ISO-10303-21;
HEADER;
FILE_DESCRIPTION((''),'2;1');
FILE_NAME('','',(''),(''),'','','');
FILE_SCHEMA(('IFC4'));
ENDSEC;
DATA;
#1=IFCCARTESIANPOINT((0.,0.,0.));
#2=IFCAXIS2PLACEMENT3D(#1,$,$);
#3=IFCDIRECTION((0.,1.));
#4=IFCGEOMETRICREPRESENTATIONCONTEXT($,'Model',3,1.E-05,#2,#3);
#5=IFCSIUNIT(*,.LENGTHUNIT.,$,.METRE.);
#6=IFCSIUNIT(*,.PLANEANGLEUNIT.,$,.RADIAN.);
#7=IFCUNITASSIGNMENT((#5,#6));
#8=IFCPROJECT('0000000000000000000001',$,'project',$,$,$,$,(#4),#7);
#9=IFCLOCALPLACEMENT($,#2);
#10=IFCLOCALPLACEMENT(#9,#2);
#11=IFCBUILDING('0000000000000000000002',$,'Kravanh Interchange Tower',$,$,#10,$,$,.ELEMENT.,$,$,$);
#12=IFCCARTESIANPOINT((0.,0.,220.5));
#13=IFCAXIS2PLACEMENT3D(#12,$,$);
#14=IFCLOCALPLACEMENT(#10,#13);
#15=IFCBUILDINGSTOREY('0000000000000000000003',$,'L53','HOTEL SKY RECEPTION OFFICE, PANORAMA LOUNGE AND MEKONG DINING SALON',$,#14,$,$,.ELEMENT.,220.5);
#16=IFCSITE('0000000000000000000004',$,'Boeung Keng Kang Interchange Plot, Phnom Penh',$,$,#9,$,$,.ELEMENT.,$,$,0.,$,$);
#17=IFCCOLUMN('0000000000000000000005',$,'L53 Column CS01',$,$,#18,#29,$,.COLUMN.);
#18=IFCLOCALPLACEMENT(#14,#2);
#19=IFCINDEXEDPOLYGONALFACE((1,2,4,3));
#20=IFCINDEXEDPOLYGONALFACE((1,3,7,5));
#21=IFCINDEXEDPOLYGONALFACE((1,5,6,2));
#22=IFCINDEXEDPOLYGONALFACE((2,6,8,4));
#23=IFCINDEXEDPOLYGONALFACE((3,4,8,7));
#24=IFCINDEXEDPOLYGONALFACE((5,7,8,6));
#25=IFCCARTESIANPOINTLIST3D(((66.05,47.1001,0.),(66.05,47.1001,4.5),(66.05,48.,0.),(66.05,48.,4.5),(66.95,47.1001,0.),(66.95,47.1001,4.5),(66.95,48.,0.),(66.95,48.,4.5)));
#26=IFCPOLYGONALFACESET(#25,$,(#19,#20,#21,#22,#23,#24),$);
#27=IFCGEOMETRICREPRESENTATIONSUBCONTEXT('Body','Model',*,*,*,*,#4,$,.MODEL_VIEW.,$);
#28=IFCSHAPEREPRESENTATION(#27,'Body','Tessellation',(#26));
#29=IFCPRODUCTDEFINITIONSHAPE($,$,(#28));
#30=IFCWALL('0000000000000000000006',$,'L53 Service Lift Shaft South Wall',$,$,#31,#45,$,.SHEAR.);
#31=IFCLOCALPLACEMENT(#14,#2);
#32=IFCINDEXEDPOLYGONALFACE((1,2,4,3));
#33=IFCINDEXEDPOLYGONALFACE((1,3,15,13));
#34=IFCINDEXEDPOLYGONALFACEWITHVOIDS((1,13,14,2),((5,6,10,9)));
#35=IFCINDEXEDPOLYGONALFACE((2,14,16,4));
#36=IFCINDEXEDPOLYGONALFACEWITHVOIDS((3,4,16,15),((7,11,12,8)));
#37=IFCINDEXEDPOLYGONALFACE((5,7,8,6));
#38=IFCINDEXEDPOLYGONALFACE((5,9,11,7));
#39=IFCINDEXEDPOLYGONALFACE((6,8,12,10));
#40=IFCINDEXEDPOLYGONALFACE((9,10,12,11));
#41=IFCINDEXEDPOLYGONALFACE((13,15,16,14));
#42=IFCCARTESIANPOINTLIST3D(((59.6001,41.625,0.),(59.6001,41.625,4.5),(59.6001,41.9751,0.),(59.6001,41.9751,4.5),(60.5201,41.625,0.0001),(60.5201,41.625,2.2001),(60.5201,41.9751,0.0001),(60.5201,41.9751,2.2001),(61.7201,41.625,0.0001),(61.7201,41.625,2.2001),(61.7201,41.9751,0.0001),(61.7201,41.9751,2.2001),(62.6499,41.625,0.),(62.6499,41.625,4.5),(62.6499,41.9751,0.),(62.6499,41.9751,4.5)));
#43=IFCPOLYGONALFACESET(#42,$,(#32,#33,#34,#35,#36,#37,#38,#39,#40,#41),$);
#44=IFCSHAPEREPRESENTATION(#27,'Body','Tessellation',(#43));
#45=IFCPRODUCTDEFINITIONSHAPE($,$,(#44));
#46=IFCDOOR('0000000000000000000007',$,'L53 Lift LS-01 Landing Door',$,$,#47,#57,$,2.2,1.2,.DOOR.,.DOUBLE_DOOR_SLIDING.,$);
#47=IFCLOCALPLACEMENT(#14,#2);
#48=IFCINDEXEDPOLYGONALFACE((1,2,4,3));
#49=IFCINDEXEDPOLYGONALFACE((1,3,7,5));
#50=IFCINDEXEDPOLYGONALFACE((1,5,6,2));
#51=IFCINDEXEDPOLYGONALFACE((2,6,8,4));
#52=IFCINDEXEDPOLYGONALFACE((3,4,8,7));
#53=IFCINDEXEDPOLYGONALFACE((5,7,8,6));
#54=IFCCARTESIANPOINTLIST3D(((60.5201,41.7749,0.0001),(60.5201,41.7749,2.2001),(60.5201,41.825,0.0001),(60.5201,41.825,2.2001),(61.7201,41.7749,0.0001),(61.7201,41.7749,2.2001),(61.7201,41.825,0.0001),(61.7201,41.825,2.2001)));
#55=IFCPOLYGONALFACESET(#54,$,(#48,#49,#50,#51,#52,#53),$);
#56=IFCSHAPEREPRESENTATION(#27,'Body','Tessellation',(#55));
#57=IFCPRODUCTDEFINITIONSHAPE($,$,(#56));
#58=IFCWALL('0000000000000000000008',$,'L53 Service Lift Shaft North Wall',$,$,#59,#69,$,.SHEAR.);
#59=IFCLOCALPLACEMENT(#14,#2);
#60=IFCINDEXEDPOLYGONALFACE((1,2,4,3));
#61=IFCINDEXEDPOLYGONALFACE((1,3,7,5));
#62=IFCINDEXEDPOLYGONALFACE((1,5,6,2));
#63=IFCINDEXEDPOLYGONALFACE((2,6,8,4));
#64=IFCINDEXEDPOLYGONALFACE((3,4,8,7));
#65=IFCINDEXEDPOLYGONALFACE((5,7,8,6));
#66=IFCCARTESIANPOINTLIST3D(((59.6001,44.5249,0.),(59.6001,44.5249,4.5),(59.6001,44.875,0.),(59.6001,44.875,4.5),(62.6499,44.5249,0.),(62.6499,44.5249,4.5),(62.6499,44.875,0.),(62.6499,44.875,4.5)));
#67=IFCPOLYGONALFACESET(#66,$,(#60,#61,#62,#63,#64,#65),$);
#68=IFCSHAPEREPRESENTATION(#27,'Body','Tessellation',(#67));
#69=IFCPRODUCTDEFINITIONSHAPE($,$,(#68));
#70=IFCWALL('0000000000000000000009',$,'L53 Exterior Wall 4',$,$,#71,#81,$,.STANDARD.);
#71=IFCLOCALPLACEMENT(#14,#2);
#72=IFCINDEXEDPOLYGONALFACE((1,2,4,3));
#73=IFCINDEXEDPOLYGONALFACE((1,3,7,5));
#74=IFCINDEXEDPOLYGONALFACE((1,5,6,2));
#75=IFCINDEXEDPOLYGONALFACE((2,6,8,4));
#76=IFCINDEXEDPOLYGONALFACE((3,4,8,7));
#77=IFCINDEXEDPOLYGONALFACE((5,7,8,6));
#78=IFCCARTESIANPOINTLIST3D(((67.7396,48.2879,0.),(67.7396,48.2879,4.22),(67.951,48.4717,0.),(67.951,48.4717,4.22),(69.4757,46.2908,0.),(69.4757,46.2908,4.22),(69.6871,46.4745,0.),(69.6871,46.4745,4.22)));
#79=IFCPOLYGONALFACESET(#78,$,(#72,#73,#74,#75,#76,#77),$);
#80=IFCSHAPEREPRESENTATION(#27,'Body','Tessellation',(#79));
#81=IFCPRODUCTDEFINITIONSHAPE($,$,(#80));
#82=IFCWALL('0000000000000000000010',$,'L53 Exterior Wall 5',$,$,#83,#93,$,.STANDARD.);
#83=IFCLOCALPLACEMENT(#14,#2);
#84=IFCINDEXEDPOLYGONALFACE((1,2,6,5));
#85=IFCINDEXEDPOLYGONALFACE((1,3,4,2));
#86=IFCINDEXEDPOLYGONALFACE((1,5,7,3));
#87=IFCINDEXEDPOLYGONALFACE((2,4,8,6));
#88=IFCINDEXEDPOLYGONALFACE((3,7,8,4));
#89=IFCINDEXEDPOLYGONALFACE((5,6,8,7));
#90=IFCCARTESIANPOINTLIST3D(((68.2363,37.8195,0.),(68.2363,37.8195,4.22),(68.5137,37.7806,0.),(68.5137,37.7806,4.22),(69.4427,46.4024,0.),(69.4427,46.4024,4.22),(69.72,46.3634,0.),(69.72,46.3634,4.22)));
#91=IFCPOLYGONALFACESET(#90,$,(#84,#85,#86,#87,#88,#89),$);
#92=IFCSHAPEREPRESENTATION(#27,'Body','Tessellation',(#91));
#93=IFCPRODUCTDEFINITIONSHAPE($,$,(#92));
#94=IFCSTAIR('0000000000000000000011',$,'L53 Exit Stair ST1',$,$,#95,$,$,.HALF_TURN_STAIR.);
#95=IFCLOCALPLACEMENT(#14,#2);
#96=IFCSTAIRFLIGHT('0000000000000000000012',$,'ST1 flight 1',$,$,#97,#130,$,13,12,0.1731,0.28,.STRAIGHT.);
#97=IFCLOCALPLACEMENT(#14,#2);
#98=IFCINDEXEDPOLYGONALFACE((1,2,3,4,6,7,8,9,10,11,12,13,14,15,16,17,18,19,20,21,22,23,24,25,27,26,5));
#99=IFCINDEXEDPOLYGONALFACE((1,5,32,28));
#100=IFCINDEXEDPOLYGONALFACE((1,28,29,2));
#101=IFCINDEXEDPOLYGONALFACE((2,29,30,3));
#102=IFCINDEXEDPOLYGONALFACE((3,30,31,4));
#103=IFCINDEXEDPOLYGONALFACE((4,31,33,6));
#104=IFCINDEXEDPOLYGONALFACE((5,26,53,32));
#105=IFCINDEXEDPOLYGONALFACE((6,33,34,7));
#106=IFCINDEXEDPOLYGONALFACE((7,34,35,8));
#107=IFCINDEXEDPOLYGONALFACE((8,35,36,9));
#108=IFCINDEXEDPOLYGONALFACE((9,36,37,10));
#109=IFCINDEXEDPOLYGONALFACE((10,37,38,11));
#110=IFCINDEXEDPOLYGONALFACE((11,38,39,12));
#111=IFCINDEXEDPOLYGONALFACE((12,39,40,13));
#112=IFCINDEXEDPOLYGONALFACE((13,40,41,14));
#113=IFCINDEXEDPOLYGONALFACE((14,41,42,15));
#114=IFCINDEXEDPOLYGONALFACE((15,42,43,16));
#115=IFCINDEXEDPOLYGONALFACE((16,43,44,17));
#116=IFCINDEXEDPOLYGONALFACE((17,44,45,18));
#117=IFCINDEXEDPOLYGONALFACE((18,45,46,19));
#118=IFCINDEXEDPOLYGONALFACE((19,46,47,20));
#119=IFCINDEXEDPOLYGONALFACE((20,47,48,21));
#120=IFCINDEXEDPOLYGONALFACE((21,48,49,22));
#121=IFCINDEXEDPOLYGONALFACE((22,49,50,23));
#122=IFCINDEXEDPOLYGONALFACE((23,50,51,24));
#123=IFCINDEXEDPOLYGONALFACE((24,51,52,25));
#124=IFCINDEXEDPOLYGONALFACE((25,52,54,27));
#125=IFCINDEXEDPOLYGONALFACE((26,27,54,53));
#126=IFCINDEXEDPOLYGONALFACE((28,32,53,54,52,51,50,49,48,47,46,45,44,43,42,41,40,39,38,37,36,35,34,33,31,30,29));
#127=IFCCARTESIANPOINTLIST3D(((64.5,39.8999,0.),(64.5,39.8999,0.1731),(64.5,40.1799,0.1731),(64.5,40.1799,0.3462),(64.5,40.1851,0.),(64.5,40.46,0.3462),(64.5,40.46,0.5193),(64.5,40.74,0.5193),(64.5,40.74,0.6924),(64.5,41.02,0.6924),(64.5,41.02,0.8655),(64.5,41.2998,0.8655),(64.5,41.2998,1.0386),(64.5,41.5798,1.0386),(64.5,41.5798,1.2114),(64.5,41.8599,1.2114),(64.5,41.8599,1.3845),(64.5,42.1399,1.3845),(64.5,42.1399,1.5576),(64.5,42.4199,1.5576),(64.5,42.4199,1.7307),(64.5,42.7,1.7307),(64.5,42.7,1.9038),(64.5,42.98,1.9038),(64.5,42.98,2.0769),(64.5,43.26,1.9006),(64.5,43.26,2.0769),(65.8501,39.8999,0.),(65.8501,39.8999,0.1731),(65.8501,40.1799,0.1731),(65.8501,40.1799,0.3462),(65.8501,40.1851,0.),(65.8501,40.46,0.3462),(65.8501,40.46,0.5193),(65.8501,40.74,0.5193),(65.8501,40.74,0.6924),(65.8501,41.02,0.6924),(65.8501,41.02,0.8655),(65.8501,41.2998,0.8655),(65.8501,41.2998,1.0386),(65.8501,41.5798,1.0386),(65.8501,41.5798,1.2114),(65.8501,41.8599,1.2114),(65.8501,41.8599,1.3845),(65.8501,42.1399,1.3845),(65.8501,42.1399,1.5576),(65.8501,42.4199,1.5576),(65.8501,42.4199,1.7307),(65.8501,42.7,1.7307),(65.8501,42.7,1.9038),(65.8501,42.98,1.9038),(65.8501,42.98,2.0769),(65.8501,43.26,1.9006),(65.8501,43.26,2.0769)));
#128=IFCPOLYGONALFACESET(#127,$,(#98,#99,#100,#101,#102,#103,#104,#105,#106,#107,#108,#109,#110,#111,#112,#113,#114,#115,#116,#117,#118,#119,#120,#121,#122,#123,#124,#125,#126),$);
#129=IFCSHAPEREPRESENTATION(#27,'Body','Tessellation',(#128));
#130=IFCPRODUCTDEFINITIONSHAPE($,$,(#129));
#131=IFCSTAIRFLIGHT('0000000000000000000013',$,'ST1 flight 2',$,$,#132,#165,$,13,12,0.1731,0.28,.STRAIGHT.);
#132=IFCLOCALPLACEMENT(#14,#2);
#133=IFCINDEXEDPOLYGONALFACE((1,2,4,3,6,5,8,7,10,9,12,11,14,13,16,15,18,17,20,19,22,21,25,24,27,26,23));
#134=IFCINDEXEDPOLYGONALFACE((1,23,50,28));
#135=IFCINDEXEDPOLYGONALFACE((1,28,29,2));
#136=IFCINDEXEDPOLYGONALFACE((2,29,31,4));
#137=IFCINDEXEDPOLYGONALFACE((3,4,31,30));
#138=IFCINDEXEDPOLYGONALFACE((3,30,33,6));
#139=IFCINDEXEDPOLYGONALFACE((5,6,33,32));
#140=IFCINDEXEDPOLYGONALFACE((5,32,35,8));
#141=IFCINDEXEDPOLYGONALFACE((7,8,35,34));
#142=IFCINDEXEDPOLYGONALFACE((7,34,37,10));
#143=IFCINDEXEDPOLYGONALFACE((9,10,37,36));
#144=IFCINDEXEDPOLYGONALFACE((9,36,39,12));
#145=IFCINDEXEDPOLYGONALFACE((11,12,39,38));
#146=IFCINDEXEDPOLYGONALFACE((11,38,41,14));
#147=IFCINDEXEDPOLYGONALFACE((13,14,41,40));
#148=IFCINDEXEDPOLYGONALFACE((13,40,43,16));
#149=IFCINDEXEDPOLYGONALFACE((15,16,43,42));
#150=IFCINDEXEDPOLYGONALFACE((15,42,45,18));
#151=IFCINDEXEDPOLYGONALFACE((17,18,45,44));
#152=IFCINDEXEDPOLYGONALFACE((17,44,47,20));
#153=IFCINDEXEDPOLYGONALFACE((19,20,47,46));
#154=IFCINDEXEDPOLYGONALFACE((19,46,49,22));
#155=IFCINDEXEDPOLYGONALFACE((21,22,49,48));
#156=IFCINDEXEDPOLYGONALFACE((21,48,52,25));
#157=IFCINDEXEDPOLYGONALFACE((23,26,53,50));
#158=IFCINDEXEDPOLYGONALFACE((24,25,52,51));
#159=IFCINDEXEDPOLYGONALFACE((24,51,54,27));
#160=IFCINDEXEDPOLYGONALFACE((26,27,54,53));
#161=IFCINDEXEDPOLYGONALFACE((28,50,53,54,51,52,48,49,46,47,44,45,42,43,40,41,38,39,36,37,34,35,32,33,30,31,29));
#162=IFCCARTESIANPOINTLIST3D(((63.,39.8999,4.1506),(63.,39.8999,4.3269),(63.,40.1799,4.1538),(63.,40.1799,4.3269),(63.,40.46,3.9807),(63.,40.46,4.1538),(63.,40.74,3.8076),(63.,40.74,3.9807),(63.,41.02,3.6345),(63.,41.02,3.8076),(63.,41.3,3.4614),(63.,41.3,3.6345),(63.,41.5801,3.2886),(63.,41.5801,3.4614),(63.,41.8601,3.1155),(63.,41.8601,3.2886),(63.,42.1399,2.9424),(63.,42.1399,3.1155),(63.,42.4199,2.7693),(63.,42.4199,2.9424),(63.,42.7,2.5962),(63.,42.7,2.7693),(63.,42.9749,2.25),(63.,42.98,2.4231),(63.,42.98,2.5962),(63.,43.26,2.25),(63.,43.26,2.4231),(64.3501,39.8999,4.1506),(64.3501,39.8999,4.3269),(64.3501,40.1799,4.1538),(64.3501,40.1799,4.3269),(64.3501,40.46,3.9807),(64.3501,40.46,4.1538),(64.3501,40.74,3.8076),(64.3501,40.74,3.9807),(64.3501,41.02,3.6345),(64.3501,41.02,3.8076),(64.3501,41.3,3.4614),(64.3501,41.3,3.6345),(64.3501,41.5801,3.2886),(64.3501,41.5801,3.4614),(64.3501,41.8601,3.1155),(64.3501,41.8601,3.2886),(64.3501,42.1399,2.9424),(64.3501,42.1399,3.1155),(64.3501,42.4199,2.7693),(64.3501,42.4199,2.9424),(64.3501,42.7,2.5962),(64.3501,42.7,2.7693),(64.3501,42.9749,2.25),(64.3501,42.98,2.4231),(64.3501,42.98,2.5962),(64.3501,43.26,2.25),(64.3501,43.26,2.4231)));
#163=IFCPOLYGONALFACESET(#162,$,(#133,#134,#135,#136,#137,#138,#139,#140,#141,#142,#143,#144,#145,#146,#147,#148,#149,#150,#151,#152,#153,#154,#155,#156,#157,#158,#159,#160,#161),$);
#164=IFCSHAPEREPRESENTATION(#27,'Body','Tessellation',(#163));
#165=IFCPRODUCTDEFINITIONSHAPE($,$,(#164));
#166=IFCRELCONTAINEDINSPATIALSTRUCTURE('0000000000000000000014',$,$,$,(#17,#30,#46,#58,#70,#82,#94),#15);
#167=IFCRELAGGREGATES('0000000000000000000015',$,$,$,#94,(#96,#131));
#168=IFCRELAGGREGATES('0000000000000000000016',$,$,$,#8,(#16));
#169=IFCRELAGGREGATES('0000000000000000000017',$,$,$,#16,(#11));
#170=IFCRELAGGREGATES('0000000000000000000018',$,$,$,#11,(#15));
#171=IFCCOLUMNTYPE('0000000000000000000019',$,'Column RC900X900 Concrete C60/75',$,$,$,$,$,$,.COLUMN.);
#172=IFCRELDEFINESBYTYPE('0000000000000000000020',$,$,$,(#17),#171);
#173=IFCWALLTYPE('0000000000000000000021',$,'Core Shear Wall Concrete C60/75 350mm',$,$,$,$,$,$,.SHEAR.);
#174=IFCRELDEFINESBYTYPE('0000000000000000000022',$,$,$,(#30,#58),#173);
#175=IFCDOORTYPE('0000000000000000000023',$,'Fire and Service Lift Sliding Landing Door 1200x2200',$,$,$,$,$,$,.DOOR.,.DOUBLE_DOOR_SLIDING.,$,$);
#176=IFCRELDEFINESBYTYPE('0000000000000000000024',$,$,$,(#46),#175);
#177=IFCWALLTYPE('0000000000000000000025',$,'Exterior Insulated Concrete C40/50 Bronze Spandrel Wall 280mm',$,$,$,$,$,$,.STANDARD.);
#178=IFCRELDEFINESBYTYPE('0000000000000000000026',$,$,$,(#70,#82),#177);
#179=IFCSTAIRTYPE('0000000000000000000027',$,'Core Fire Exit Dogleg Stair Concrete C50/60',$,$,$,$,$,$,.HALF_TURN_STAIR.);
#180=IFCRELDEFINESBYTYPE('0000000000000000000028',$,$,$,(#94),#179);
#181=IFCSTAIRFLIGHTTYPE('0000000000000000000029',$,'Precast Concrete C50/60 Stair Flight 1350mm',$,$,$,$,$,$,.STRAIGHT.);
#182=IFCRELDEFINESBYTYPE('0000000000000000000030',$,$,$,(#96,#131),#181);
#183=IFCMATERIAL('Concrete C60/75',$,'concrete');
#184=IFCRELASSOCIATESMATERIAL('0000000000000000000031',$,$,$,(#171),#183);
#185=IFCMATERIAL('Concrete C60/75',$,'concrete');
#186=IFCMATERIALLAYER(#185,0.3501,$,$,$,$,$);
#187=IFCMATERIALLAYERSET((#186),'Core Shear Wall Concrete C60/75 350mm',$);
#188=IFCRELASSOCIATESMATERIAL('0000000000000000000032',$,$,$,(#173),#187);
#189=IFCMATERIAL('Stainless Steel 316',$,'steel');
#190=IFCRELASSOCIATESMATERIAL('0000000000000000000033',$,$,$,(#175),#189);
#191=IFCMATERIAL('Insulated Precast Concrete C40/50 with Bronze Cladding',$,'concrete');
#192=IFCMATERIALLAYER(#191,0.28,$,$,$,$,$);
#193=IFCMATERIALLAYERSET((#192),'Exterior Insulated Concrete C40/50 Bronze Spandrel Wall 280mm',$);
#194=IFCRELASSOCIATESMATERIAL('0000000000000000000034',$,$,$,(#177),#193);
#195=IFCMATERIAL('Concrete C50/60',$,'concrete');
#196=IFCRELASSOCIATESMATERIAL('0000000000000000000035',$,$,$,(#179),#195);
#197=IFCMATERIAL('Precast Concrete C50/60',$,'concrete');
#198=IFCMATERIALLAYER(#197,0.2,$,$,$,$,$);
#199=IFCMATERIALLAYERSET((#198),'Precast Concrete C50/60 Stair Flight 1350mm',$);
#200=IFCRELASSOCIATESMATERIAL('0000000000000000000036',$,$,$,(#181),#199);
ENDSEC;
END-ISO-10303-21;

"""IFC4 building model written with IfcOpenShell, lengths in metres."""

from ifc_helpers import new_model, si_unit, direction, frame, frame_2d, origin, origin_2d, place, context, subcontext, project, spatial, polyline, rectangle, outline, extrude, material, layer, layer_set, material_profile, profile_set, type_object, element, fill, aggregate, save


model = new_model("IFC4")

# Units and contexts
model_context = context("Model", 3, precision=1e-05, world=origin(), true_north=direction((0.0, 1.0)))
body_context = subcontext(model_context, "Body", "Model", "MODEL_VIEW")
ifc_project = project(units=[si_unit("LENGTHUNIT", "METRE"), si_unit("PLANEANGLEUNIT", "RADIAN")], contexts=[model_context])

# Site, building, storey
site_placement = place(None, origin())
site = spatial("IfcSite", under=ifc_project, at=site_placement, Name="Boeung Keng Kang Interchange Plot, Phnom Penh", CompositionType="ELEMENT", RefElevation=0.0)
building_placement = place(site_placement, origin())
building = spatial("IfcBuilding", under=site, at=building_placement, Name="Kravanh Interchange Tower", CompositionType="ELEMENT")
storey_placement = place(building_placement, frame((0.0, 0.0, 220.5)))
storey = spatial("IfcBuildingStorey", under=building, at=storey_placement, Name="L53", Description="HOTEL SKY RECEPTION OFFICE, PANORAMA LOUNGE AND MEKONG DINING SALON", CompositionType="ELEMENT", Elevation=220.5)

# Column
ifc_material_1 = material(Name="Concrete C60/75", Category="concrete")
ifc_material_profile = material_profile(ifc_material_1, rectangle(XDim=0.8999, YDim=0.8999, at=origin_2d()), Name="RC900X900")
ifc_profile_set = profile_set([ifc_material_profile], Name="Concrete C60/75")
column_type = type_object("IfcColumnType", Name="Column RC900X900 Concrete C60/75", PredefinedType="COLUMN", material=ifc_profile_set)
column_placement = place(storey_placement, frame((66.5, 47.55, 0.0), z_axis=(0.0, 0.0, 1.0), x_axis=(1.0, 0.0, 0.0)))
element("IfcColumn", 1, at=column_placement, inside=storey, type_object=column_type, Name="L53 Column CS01", PredefinedType="COLUMN", context=body_context, shape_type="SweptSolid", body=[
    extrude(rectangle(XDim=0.8999, YDim=0.8999, at=origin_2d()), origin(), (0.0, 0.0, 1.0), 4.5),
])

# Wall, opening, door
ifc_material_2 = material(Name="Concrete C60/75", Category="concrete")
ifc_layer_1 = layer(ifc_material_2, 0.3501)
ifc_layer_set_1 = layer_set([ifc_layer_1], Name="Core Shear Wall Concrete C60/75 350mm")
wall_type_1 = type_object("IfcWallType", Name="Core Shear Wall Concrete C60/75 350mm", PredefinedType="SHEAR", material=ifc_layer_set_1)
wall_1_placement = place(storey_placement, frame((59.6001, 41.8, 0.0), z_axis=(0.0, 0.0, 1.0), x_axis=(1.0, 0.0, 0.0)))
wall_1 = element("IfcWall", 2, at=wall_1_placement, inside=storey, type_object=wall_type_1, Name="L53 Service Lift Shaft South Wall", PredefinedType="SHEAR", context=body_context, shape_type="SweptSolid", body=[
    extrude(rectangle(XDim=3.0498, YDim=0.3501, at=frame_2d((1.5249, 0.0))), origin(), (0.0, 0.0, 1.0), 4.5),
])
opening_placement = place(wall_1_placement, frame((0.9199, 0.0, 0.0)))
opening = element("IfcOpeningElement", 3, at=opening_placement, cuts=wall_1, PredefinedType="OPENING", context=body_context, shape_type="SweptSolid", body=[
    extrude(rectangle(XDim=1.2, YDim=2.2, at=frame_2d((0.6001, 1.1001))), frame((0.0, 0.1851, 0.0), z_axis=(0.0, -1.0, 0.0), x_axis=(1.0, 0.0, 0.0)), (0.0, 0.0, 1.0), 0.3701),
])
ifc_material_3 = material(Name="Stainless Steel 316", Category="steel")
door_type = type_object("IfcDoorType", Name="Fire and Service Lift Sliding Landing Door 1200x2200", OperationType="DOUBLE_DOOR_SLIDING", PredefinedType="DOOR", material=ifc_material_3)
door_placement = place(opening_placement, origin())
door = element("IfcDoor", 4, at=door_placement, inside=storey, type_object=door_type, Name="L53 Lift LS-01 Landing Door", OperationType="DOUBLE_DOOR_SLIDING", OverallHeight=2.2, OverallWidth=1.2, PredefinedType="DOOR", context=body_context, shape_type="SweptSolid", body=[
    extrude(rectangle(XDim=1.2, YDim=2.2, at=frame_2d((0.6001, 1.1001))), frame((0.0, 0.0249, 0.0), z_axis=(0.0, -1.0, 0.0), x_axis=(1.0, 0.0, 0.0)), (0.0, 0.0, 1.0), 0.05),
])
fill(opening, door)

# Walls
wall_2_placement = place(storey_placement, frame((59.6001, 44.7, 0.0), z_axis=(0.0, 0.0, 1.0), x_axis=(1.0, 0.0, 0.0)))
element("IfcWall", 5, at=wall_2_placement, inside=storey, type_object=wall_type_1, Name="L53 Service Lift Shaft North Wall", PredefinedType="SHEAR", context=body_context, shape_type="SweptSolid", body=[
    extrude(rectangle(XDim=3.0498, YDim=0.3501, at=frame_2d((1.5249, 0.0))), origin(), (0.0, 0.0, 1.0), 4.5),
])
ifc_material_4 = material(Name="Insulated Precast Concrete C40/50 with Bronze Cladding", Category="concrete")
ifc_layer_2 = layer(ifc_material_4, 0.28)
ifc_layer_set_2 = layer_set([ifc_layer_2], Name="Exterior Insulated Concrete C40/50 Bronze Spandrel Wall 280mm")
wall_type_2 = type_object("IfcWallType", Name="Exterior Insulated Concrete C40/50 Bronze Spandrel Wall 280mm", PredefinedType="STANDARD", material=ifc_layer_set_2)
wall_3_placement = place(storey_placement, frame((67.8452, 48.3799, 0.0), z_axis=(0.0, 0.0, 1.0), x_axis=(0.656071, -0.754699, 0.0)))
element("IfcWall", 6, at=wall_3_placement, inside=storey, type_object=wall_type_2, Name="L53 Exterior Wall 4", PredefinedType="STANDARD", context=body_context, shape_type="SweptSolid", body=[
    extrude(rectangle(XDim=2.6462, YDim=0.28, at=frame_2d((1.3232, 0.0))), origin(), (0.0, 0.0, 1.0), 4.22),
])
wall_4_placement = place(storey_placement, frame((69.5813, 46.3828, 0.0), z_axis=(0.0, 0.0, 1.0), x_axis=(-0.139181, -0.990267, 0.0)))
element("IfcWall", 7, at=wall_4_placement, inside=storey, type_object=wall_type_2, Name="L53 Exterior Wall 5", PredefinedType="STANDARD", context=body_context, shape_type="SweptSolid", body=[
    extrude(rectangle(XDim=8.6672, YDim=0.28, at=frame_2d((4.3335, 0.0))), origin(), (0.0, 0.0, 1.0), 4.22),
])

# Stair, stair flights
ifc_material_5 = material(Name="Concrete C50/60", Category="concrete")
stair_type = type_object("IfcStairType", Name="Core Fire Exit Dogleg Stair Concrete C50/60", PredefinedType="HALF_TURN_STAIR", material=ifc_material_5)
stair_1_placement = place(storey_placement, origin())
stair_1 = element("IfcStair", 8, at=stair_1_placement, inside=storey, type_object=stair_type, Name="L53 Exit Stair ST1", PredefinedType="HALF_TURN_STAIR")
ifc_material_6 = material(Name="Precast Concrete C50/60", Category="concrete")
ifc_layer_3 = layer(ifc_material_6, 0.2)
ifc_layer_set_3 = layer_set([ifc_layer_3], Name="Precast Concrete C50/60 Stair Flight 1350mm")
stair_flight_type = type_object("IfcStairFlightType", Name="Precast Concrete C50/60 Stair Flight 1350mm", PredefinedType="STRAIGHT", material=ifc_layer_set_3)
stair_flight_1_placement = place(storey_placement, frame((65.175, 39.8999, 0.0), z_axis=(0.0, 0.0, 1.0), x_axis=(0.0, 1.0, 0.0)))
stair_flight_1 = element("IfcStairFlight", 9, at=stair_flight_1_placement, type_object=stair_flight_type, Name="ST1 flight 1", NumberOfRisers=13, NumberOfTreads=12, PredefinedType="STRAIGHT", RiserHeight=0.1731, TreadLength=0.28, context=body_context, shape_type="SweptSolid", body=[
    extrude(outline(polyline([(0.0, 0.0), (0.0, 0.1731), (0.28, 0.1731), (0.28, 0.3462), (0.5601, 0.3462), (0.5601, 0.5193), (0.8401, 0.5193), (0.8401, 0.6924), (1.1201, 0.6924), (1.1201, 0.8655), (1.3999, 0.8655), (1.3999, 1.0386), (1.6799, 1.0386), (1.6799, 1.2114), (1.96, 1.2114), (1.96, 1.3845), (2.24, 1.3845), (2.24, 1.5576), (2.52, 1.5576), (2.52, 1.7307), (2.8, 1.7307), (2.8, 1.9038), (3.0801, 1.9038), (3.0801, 2.0769), (3.3601, 2.0769), (3.3601, 2.25), (3.3601, 1.9006), (0.2852, 0.0), (0.0, 0.0)])), frame((0.0, 0.675, 0.0), z_axis=(0.0, -1.0, 0.0), x_axis=(1.0, 0.0, 0.0)), (0.0, 0.0, 1.0), 1.3501),
])
stair_flight_2_placement = place(storey_placement, frame((63.675, 43.26, 2.25), z_axis=(0.0, 0.0, 1.0), x_axis=(0.0, -1.0, 0.0)))
stair_flight_2 = element("IfcStairFlight", 10, at=stair_flight_2_placement, type_object=stair_flight_type, Name="ST1 flight 2", NumberOfRisers=13, NumberOfTreads=12, PredefinedType="STRAIGHT", RiserHeight=0.1731, TreadLength=0.28, context=body_context, shape_type="SweptSolid", body=[
    extrude(outline(polyline([(0.0, 0.0), (0.0, 0.1731), (0.28, 0.1731), (0.28, 0.3462), (0.5601, 0.3462), (0.5601, 0.5193), (0.8401, 0.5193), (0.8401, 0.6924), (1.1201, 0.6924), (1.1201, 0.8655), (1.3999, 0.8655), (1.3999, 1.0386), (1.6799, 1.0386), (1.6799, 1.2114), (1.96, 1.2114), (1.96, 1.3845), (2.24, 1.3845), (2.24, 1.5576), (2.52, 1.5576), (2.52, 1.7307), (2.8, 1.7307), (2.8, 1.9038), (3.0801, 1.9038), (3.0801, 2.0769), (3.3601, 2.0769), (3.3601, 2.25), (3.3601, 1.9006), (0.2852, 0.0), (0.0, 0.0)])), frame((0.0, 0.675, 0.0), z_axis=(0.0, -1.0, 0.0), x_axis=(1.0, 0.0, 0.0)), (0.0, 0.0, 1.0), 1.3501),
])
aggregate(stair_1, [stair_flight_1, stair_flight_2])

save(model, "model.ifc")
